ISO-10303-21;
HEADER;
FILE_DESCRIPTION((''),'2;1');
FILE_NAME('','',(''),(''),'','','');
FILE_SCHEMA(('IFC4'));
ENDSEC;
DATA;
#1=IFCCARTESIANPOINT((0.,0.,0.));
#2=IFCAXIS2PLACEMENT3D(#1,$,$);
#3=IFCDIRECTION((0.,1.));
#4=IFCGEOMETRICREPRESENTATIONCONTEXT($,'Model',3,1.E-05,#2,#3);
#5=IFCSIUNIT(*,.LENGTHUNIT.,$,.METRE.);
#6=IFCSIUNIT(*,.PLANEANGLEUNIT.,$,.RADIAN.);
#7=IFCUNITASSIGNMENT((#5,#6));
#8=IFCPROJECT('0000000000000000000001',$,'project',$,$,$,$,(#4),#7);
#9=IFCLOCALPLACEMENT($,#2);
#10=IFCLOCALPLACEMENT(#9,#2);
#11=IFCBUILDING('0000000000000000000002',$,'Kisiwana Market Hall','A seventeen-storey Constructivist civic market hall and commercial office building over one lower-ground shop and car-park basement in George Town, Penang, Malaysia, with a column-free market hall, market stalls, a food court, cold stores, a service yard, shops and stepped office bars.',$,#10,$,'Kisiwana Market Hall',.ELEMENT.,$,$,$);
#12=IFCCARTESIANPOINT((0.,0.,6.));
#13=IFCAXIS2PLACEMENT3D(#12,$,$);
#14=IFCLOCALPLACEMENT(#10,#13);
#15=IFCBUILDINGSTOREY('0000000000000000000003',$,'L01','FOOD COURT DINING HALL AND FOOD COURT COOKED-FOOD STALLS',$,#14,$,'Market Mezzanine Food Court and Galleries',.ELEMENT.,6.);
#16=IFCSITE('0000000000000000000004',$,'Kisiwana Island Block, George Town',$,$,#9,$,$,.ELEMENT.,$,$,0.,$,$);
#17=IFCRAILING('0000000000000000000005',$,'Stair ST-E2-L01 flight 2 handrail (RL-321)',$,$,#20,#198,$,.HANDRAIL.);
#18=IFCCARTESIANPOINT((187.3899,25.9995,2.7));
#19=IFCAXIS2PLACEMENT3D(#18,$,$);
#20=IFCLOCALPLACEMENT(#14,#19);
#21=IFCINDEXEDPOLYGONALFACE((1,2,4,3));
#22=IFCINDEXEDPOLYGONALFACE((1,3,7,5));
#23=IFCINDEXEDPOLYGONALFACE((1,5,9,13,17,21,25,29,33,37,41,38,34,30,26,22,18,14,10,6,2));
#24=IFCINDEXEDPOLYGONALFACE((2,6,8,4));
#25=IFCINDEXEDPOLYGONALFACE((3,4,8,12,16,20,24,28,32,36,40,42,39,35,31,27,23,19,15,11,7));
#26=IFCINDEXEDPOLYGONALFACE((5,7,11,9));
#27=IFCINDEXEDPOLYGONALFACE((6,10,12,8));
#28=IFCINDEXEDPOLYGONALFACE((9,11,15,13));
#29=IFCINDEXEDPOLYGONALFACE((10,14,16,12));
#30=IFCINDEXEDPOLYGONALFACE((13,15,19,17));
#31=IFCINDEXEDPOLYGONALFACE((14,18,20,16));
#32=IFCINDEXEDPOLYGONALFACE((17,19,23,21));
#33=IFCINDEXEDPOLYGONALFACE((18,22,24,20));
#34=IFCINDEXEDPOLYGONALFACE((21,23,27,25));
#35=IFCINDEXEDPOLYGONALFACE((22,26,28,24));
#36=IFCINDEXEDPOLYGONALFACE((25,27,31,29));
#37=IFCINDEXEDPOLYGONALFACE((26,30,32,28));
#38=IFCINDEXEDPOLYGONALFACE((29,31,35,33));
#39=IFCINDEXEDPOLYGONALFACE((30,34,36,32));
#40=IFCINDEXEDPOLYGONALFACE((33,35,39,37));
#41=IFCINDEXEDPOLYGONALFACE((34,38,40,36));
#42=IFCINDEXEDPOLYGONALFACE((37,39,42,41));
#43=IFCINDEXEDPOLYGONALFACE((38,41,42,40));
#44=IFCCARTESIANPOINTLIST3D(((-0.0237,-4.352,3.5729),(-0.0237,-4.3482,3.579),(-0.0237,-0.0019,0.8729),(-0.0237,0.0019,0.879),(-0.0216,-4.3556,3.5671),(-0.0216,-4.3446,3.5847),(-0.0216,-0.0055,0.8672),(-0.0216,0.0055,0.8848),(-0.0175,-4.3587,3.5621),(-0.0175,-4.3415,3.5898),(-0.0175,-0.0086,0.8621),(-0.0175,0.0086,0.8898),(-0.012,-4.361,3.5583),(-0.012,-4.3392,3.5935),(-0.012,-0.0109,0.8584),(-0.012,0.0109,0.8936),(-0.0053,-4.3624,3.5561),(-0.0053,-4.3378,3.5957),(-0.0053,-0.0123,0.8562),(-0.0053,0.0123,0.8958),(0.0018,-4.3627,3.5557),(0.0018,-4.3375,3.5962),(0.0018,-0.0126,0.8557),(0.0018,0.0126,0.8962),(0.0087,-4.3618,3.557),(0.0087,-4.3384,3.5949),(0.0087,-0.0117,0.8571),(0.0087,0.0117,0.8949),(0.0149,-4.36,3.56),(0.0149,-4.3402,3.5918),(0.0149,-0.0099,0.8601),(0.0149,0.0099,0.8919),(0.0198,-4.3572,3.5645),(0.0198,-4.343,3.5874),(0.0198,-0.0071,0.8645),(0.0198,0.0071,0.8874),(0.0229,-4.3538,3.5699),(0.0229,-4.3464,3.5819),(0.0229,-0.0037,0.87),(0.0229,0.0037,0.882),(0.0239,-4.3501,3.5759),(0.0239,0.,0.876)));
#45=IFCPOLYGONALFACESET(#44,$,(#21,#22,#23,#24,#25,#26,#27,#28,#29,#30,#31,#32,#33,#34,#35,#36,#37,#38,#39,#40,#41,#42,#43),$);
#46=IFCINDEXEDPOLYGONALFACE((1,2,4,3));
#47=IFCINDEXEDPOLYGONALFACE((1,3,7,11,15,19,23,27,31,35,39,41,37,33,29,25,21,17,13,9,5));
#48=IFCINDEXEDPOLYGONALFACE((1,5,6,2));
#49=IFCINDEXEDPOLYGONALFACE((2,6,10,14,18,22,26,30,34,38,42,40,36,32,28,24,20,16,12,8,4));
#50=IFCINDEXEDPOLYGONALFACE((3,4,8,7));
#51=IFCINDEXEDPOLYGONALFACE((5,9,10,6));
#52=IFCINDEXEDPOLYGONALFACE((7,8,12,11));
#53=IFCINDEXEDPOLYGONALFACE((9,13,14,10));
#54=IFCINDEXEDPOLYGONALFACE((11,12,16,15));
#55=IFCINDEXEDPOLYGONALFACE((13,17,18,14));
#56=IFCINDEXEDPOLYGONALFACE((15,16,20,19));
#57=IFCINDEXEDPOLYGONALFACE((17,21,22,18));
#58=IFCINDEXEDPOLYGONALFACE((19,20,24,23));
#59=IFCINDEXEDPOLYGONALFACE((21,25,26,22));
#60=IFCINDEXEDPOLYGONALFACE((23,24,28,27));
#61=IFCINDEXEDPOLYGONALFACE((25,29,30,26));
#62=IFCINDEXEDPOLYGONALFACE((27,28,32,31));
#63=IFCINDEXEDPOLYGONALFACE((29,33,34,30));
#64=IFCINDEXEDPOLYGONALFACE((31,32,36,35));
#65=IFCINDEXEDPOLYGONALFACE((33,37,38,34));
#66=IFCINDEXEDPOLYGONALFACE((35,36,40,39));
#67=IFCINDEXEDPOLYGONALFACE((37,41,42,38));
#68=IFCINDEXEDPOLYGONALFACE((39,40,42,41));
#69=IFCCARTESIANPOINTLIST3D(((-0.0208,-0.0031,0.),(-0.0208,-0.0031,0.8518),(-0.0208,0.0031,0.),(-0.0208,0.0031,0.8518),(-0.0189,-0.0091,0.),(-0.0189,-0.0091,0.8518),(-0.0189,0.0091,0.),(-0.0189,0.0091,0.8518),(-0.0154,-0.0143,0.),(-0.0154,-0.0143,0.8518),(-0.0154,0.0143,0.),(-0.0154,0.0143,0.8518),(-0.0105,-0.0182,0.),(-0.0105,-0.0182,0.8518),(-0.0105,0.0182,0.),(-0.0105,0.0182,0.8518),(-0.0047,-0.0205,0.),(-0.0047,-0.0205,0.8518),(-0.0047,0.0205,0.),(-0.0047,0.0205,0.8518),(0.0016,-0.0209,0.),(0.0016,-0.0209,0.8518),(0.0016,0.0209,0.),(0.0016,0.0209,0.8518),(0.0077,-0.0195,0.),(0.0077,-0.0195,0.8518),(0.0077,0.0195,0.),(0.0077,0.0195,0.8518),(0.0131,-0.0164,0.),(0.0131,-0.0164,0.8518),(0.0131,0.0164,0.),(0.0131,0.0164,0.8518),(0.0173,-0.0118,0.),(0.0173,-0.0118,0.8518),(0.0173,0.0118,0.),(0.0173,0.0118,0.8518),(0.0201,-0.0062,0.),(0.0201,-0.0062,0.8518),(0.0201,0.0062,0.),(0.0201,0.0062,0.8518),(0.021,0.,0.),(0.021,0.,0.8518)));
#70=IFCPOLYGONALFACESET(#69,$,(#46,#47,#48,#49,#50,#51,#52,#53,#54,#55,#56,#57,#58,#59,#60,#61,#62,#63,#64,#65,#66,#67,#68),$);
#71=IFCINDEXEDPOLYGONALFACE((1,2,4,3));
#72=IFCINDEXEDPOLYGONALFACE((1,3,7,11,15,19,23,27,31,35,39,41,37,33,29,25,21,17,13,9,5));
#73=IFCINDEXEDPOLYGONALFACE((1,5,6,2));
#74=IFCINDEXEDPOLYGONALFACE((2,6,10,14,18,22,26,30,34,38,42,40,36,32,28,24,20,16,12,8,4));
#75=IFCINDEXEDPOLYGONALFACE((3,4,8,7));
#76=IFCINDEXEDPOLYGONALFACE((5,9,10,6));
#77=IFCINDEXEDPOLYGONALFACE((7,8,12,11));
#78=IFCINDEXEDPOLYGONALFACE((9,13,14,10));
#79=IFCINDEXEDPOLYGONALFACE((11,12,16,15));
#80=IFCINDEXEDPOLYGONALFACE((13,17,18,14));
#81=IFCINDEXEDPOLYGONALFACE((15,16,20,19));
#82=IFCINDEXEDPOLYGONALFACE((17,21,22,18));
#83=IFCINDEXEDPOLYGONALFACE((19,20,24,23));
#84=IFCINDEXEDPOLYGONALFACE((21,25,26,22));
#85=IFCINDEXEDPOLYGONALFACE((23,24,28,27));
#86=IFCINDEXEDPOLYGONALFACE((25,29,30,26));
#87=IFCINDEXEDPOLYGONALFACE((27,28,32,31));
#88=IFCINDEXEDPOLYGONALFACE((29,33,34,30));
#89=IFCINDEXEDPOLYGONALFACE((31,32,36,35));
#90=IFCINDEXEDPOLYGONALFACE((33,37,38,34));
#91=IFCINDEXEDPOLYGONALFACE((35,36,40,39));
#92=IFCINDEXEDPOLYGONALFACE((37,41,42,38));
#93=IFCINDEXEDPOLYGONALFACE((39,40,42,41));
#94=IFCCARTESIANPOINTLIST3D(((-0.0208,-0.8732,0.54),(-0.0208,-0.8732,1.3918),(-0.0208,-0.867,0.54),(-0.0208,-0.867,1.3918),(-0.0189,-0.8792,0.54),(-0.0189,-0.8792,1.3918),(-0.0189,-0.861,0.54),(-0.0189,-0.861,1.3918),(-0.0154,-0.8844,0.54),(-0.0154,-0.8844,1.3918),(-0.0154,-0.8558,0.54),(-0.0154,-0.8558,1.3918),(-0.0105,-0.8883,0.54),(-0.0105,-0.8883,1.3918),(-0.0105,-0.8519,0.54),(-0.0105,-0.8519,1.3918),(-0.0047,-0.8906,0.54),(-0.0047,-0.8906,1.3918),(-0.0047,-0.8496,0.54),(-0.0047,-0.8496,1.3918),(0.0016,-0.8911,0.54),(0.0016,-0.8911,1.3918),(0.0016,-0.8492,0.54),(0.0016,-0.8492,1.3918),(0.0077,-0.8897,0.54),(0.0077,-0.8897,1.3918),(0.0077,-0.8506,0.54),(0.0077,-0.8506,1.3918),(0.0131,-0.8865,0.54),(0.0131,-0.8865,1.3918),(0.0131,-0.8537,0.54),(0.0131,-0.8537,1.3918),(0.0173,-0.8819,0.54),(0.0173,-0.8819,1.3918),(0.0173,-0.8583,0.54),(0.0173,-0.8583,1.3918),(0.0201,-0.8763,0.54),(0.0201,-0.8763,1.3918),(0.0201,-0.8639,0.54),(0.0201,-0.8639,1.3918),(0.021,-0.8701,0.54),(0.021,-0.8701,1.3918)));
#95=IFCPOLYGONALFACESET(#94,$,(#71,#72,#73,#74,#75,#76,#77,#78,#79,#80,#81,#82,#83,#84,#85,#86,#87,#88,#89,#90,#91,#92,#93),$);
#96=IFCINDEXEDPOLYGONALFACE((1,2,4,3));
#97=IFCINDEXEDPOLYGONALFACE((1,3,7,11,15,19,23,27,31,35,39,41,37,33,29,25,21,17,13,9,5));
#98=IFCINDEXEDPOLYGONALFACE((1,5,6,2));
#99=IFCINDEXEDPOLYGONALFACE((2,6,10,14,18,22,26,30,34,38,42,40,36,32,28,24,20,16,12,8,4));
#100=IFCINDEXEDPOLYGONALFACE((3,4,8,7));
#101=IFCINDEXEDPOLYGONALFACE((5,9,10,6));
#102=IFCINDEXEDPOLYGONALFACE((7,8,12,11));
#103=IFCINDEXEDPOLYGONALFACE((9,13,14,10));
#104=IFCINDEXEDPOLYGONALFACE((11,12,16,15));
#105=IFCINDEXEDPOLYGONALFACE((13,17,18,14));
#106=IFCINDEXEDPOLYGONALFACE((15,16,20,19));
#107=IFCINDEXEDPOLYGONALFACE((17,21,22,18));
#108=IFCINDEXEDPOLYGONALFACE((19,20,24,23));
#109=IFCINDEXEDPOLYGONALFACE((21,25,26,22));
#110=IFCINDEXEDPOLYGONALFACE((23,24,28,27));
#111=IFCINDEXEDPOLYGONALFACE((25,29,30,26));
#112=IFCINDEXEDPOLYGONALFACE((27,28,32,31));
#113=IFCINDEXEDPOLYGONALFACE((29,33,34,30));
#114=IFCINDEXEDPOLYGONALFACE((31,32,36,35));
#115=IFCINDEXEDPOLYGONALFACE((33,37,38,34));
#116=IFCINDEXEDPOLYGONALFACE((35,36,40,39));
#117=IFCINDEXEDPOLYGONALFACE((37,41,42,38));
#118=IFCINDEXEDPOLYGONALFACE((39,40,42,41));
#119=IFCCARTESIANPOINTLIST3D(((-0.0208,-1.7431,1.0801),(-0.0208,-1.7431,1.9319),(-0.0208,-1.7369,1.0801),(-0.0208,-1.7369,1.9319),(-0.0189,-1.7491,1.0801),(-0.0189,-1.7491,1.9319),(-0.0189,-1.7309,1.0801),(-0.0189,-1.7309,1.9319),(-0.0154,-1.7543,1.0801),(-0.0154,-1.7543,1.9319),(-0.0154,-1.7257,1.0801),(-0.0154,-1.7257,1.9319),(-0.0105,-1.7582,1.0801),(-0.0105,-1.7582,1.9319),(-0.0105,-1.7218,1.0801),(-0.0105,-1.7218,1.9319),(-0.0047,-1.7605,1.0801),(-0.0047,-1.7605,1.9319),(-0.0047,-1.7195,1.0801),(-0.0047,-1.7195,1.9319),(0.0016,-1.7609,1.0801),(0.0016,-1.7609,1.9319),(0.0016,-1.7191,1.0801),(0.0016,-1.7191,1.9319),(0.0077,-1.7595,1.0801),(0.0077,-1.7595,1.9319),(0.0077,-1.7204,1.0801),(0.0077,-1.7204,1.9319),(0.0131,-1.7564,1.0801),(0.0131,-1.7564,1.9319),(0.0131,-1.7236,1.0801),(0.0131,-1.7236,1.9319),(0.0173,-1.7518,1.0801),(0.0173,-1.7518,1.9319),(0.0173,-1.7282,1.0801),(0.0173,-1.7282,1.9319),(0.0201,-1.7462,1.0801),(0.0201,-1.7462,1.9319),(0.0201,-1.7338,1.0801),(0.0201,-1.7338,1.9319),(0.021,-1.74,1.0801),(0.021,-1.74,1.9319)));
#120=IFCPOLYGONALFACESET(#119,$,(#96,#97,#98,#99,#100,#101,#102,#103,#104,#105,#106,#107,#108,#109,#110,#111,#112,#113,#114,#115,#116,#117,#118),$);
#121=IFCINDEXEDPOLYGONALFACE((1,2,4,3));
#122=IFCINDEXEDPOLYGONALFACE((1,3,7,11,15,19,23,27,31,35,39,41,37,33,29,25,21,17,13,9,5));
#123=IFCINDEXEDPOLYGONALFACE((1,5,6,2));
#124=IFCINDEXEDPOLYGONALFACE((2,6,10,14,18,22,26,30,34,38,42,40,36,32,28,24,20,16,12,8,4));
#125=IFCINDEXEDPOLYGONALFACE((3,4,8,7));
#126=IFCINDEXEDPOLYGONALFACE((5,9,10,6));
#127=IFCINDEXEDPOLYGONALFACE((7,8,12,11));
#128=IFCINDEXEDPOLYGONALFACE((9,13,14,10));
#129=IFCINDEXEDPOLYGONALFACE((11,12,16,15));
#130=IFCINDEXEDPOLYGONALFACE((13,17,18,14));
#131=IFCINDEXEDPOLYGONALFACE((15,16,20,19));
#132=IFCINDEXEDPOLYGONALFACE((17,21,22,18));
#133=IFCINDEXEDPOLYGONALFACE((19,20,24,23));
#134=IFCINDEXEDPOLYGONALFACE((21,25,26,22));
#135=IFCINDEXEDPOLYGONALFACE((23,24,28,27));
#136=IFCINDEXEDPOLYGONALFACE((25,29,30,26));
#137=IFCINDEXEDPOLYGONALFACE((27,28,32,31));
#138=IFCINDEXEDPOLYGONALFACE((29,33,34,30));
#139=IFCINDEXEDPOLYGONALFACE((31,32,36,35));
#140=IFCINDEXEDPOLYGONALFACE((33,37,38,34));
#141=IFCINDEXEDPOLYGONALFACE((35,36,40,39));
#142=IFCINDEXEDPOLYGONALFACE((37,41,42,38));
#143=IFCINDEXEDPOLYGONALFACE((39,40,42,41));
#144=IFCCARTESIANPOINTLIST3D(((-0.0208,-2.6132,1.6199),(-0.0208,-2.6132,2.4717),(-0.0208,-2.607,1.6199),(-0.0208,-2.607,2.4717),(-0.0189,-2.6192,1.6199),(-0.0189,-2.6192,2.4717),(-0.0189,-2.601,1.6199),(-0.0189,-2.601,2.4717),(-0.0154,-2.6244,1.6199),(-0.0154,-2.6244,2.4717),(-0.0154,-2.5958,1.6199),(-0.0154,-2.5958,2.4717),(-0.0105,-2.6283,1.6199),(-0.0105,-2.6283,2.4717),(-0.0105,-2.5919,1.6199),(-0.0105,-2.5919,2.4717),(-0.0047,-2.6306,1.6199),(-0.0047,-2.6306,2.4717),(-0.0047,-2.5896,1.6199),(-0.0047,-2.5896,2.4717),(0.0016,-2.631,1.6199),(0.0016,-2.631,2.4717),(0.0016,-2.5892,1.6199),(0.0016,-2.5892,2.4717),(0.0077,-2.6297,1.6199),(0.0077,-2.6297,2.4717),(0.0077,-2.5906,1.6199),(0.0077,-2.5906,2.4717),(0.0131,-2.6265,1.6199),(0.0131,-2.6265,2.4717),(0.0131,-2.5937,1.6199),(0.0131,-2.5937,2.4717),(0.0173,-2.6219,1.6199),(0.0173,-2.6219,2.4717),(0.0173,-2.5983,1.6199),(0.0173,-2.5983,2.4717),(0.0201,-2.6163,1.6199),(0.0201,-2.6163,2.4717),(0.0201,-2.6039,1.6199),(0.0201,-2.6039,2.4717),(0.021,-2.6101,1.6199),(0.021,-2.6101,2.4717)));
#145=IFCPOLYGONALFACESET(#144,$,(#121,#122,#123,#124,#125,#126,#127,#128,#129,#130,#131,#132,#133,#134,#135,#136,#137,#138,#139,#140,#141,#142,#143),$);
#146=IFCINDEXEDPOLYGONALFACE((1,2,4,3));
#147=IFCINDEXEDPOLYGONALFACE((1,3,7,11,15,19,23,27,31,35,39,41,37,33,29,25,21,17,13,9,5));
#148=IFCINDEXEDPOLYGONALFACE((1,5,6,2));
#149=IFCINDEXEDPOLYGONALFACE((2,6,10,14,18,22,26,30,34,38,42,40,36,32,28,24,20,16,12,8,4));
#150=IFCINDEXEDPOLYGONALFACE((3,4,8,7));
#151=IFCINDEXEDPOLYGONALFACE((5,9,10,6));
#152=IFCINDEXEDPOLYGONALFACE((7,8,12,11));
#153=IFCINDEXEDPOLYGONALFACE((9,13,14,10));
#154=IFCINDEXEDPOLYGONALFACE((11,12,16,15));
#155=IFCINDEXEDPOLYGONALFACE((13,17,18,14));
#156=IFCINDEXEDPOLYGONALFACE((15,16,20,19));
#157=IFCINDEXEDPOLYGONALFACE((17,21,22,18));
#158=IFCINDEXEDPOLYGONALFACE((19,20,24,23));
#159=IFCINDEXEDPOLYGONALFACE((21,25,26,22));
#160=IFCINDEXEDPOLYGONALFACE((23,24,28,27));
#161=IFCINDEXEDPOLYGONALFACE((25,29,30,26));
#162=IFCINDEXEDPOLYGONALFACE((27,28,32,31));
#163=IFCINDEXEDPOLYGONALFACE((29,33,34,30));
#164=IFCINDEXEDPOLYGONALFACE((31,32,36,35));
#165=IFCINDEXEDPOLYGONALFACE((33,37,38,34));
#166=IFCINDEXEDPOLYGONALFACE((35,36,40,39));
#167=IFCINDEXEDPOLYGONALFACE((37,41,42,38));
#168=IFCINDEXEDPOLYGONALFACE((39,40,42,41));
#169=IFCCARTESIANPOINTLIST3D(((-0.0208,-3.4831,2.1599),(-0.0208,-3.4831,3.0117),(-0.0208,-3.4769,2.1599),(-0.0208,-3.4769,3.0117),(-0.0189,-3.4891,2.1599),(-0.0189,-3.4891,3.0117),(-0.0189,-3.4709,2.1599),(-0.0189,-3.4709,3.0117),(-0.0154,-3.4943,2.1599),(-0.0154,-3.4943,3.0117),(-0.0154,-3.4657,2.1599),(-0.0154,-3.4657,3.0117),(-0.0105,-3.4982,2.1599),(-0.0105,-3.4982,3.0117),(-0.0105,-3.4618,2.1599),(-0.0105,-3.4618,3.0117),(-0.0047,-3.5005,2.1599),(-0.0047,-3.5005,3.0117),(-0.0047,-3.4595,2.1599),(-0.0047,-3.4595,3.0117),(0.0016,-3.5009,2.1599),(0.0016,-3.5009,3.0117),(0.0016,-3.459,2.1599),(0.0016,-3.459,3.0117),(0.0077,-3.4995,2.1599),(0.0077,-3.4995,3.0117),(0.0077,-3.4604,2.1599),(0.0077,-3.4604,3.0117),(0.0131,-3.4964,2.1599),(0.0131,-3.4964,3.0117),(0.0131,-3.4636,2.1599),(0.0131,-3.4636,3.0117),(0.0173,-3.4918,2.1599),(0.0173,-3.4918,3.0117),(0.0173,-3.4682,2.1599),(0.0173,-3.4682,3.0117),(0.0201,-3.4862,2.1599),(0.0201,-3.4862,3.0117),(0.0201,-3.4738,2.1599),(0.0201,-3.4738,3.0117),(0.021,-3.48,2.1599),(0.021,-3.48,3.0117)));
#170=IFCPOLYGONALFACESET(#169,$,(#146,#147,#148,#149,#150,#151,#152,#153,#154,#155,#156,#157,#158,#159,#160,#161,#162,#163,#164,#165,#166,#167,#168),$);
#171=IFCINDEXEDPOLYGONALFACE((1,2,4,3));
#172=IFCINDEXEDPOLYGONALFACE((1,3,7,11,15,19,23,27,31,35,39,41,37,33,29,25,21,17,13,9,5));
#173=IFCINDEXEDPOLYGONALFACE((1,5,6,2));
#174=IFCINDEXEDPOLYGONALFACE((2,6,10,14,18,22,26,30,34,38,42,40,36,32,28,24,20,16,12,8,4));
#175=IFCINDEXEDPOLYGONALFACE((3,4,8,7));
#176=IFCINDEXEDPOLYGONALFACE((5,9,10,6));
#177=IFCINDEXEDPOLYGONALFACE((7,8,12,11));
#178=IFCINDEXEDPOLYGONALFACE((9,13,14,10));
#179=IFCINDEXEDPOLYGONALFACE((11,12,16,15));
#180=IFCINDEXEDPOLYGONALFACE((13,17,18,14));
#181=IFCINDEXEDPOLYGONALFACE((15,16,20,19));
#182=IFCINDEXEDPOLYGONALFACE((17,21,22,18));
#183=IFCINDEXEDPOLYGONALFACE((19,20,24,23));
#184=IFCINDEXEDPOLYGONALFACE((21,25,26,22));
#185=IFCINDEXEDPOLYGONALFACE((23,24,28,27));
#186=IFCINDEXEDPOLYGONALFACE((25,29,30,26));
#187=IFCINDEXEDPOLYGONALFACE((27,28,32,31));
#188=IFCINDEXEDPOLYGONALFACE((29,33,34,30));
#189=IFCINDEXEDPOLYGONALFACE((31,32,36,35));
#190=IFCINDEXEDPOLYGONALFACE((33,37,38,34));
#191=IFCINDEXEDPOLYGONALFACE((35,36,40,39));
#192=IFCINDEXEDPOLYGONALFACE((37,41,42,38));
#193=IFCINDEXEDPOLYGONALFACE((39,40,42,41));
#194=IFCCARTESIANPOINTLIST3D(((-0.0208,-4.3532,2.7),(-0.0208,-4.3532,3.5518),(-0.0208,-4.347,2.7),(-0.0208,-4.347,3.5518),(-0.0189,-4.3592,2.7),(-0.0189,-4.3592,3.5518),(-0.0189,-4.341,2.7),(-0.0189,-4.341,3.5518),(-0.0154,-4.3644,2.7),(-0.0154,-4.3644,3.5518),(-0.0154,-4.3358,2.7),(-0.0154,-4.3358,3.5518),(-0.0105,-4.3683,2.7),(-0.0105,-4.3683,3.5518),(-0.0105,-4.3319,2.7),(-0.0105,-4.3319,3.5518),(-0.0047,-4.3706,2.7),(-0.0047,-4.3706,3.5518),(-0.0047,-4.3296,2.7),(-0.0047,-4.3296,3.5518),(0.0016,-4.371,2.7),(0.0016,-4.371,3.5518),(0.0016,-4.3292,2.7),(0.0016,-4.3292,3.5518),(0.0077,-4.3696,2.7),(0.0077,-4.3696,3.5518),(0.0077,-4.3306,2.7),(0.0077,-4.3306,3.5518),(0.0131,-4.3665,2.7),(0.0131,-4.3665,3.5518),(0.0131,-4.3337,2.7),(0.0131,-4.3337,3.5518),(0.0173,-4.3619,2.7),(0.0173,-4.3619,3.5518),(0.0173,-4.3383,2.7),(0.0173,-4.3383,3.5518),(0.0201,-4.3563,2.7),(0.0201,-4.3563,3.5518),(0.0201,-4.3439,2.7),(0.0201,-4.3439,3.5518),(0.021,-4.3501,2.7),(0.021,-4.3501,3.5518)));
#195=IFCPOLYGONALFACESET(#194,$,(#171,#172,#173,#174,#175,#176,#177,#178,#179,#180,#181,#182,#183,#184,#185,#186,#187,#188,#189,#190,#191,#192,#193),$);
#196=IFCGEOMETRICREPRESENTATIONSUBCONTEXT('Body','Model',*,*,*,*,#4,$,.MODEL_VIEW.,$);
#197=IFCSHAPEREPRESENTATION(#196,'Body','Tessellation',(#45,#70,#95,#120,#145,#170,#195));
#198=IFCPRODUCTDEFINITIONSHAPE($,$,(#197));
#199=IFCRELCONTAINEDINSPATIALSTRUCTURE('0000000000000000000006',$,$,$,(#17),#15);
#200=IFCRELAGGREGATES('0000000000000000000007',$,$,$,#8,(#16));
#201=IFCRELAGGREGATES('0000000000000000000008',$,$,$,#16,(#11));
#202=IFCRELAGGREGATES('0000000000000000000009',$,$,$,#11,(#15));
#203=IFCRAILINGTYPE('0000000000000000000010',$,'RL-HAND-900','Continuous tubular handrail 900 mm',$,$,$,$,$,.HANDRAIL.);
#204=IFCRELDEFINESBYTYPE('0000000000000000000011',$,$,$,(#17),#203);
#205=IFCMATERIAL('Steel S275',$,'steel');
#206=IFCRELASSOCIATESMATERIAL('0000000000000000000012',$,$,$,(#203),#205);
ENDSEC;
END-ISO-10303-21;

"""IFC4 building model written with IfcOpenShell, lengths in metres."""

from ifc_helpers import new_model, si_unit, direction, frame, origin, origin_2d, place, context, subcontext, project, spatial, circle, extrude, material, type_object, element, save


model = new_model("IFC4")

# Units and contexts
model_context = context("Model", 3, precision=1e-05, world=origin(), true_north=direction((0.0, 1.0)))
body_context = subcontext(model_context, "Body", "Model", "MODEL_VIEW")
ifc_project = project(units=[si_unit("LENGTHUNIT", "METRE"), si_unit("PLANEANGLEUNIT", "RADIAN")], contexts=[model_context])

# Site, building, storey
site_placement = place(None, origin())
site = spatial("IfcSite", under=ifc_project, at=site_placement, Name="Kisiwana Island Block, George Town", CompositionType="ELEMENT", RefElevation=0.0)
building_placement = place(site_placement, origin())
building = spatial("IfcBuilding", under=site, at=building_placement, Name="Kisiwana Market Hall", Description="A seventeen-storey Constructivist civic market hall and commercial office building over one lower-ground shop and car-park basement in George Town, Penang, Malaysia, with a column-free market hall, market stalls, a food court, cold stores, a service yard, shops and stepped office bars.", LongName="Kisiwana Market Hall", CompositionType="ELEMENT")
storey_placement = place(building_placement, frame((0.0, 0.0, 6.0)))
storey = spatial("IfcBuildingStorey", under=building, at=storey_placement, Name="L01", Description="FOOD COURT DINING HALL AND FOOD COURT COOKED-FOOD STALLS", LongName="Market Mezzanine Food Court and Galleries", CompositionType="ELEMENT", Elevation=6.0)

# Railing
ifc_material_1 = material(Name="Steel S275", Category="steel")
railing_type_1 = type_object("IfcRailingType", Name="RL-HAND-900", Description="Continuous tubular handrail 900 mm", PredefinedType="HANDRAIL", material=ifc_material_1)
railing_1_placement = place(storey_placement, frame((187.3899, 25.9995, 2.7)))
element("IfcRailing", 1, at=railing_1_placement, inside=storey, type_object=railing_type_1, Name="Stair ST-E2-L01 flight 2 handrail (RL-321)", PredefinedType="HANDRAIL", context=body_context, shape_type="SweptSolid", body=[
    extrude(circle(Radius=0.0239, at=origin_2d()), frame((0.0, 0.0, 0.876), z_axis=(0.0, -0.84965, 0.527347), x_axis=(1.0, 0.0, 0.0)), (0.0, 0.0, 1.0), 5.1199),
    extrude(circle(Radius=0.021, at=origin_2d()), origin(), (0.0, 0.0, 1.0), 0.8518),
    extrude(circle(Radius=0.021, at=origin_2d()), frame((0.0, -0.8701, 0.54)), (0.0, 0.0, 1.0), 0.8518),
    extrude(circle(Radius=0.021, at=origin_2d()), frame((0.0, -1.74, 1.0801)), (0.0, 0.0, 1.0), 0.8518),
    extrude(circle(Radius=0.021, at=origin_2d()), frame((0.0, -2.6101, 1.6199)), (0.0, 0.0, 1.0), 0.8518),
    extrude(circle(Radius=0.021, at=origin_2d()), frame((0.0, -3.48, 2.1599)), (0.0, 0.0, 1.0), 0.8518),
    extrude(circle(Radius=0.021, at=origin_2d()), frame((0.0, -4.3501, 2.7)), (0.0, 0.0, 1.0), 0.8518),
])

save(model, "model.ifc")
